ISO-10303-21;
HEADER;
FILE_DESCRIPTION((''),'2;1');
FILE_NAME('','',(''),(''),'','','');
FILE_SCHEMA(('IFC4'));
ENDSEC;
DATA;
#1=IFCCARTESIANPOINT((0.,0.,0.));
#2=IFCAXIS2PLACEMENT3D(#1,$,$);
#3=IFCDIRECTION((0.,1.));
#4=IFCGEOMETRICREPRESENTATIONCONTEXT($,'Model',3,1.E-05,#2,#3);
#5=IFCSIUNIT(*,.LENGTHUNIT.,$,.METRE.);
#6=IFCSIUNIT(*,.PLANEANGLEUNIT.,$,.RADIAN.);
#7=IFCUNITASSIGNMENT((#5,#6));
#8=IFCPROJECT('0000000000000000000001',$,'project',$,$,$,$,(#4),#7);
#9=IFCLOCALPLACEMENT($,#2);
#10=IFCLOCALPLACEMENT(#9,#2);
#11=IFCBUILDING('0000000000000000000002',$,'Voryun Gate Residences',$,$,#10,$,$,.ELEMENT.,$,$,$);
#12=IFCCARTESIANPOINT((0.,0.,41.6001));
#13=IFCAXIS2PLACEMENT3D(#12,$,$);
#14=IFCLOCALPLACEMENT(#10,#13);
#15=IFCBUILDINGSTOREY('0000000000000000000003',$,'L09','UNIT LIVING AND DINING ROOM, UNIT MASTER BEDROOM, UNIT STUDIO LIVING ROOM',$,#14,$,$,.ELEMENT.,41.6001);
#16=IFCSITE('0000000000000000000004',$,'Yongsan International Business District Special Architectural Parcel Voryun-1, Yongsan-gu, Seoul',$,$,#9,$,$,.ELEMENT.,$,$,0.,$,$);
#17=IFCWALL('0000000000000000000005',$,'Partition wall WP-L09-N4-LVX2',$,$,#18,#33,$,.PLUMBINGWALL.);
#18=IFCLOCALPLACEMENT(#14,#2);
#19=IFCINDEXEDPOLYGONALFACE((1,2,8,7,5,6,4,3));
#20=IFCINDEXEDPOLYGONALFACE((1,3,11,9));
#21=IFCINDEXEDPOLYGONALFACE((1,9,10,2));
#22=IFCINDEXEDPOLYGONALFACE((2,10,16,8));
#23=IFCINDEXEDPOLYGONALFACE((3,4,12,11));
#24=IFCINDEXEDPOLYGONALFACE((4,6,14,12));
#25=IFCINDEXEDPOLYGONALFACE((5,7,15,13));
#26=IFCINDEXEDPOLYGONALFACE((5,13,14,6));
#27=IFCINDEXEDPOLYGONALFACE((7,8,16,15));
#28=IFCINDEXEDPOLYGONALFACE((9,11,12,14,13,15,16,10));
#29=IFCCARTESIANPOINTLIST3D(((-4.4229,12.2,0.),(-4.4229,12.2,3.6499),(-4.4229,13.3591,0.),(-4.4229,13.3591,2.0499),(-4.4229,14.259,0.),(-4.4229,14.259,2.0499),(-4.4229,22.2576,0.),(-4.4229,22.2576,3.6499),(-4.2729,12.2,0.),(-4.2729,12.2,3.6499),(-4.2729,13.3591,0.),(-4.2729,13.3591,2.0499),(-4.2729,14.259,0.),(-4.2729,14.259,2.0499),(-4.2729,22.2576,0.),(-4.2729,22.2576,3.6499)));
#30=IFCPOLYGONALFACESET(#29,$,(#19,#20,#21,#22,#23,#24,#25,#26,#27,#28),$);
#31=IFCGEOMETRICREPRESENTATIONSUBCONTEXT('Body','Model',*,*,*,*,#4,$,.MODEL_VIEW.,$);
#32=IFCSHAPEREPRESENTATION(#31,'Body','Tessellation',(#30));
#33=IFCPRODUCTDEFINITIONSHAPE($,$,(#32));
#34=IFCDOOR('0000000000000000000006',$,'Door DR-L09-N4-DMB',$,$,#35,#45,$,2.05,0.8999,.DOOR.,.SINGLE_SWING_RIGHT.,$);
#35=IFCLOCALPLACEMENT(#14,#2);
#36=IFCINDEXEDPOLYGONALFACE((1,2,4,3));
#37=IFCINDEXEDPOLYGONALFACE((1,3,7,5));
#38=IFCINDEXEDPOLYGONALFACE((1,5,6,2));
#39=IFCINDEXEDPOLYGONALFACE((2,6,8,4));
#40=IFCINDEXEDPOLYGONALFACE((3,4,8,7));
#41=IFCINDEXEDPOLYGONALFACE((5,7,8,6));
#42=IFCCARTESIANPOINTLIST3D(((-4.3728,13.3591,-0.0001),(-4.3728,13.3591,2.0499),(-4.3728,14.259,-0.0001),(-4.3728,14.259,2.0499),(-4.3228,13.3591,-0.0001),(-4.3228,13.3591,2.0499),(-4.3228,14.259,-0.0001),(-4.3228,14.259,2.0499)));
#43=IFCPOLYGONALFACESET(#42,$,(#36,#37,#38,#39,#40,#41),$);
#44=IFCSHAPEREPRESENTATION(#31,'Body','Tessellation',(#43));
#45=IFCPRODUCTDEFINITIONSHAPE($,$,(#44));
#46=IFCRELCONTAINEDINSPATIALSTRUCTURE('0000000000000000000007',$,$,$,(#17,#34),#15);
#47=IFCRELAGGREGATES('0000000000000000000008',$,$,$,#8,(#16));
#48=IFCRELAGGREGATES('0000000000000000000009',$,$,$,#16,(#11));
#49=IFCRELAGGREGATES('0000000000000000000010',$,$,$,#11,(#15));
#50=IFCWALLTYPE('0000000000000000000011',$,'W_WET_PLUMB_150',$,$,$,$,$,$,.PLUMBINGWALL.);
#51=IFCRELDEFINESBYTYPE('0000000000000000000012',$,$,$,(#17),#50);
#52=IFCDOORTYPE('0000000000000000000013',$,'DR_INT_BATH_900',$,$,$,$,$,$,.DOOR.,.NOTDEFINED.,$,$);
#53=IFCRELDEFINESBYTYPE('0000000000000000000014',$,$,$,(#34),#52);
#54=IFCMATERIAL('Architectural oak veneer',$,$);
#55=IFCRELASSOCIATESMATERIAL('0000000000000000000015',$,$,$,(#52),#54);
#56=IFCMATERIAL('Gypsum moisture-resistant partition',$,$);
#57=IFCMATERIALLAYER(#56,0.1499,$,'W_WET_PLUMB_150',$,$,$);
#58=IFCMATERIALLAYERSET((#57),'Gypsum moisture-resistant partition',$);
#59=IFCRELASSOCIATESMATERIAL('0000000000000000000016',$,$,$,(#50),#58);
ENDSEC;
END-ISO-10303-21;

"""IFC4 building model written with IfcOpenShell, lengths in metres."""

from ifc_helpers import new_model, si_unit, direction, frame, frame_2d, origin, place, context, subcontext, project, spatial, rectangle, extrude, material, layer, layer_set, type_object, element, fill, save


model = new_model("IFC4")

# Units and contexts
model_context = context("Model", 3, precision=1e-05, world=origin(), true_north=direction((0.0, 1.0)))
body_context = subcontext(model_context, "Body", "Model", "MODEL_VIEW")
ifc_project = project(units=[si_unit("LENGTHUNIT", "METRE"), si_unit("PLANEANGLEUNIT", "RADIAN")], contexts=[model_context])

# Site, building, storey
site_placement = place(None, origin())
site = spatial("IfcSite", under=ifc_project, at=site_placement, Name="Yongsan International Business District Special Architectural Parcel Voryun-1, Yongsan-gu, Seoul", CompositionType="ELEMENT", RefElevation=0.0)
building_placement = place(site_placement, origin())
building = spatial("IfcBuilding", under=site, at=building_placement, Name="Voryun Gate Residences", CompositionType="ELEMENT")
storey_placement = place(building_placement, frame((0.0, 0.0, 41.6001)))
storey = spatial("IfcBuildingStorey", under=building, at=storey_placement, Name="L09", Description="UNIT LIVING AND DINING ROOM, UNIT MASTER BEDROOM, UNIT STUDIO LIVING ROOM", CompositionType="ELEMENT", Elevation=41.6001)

# Shared definitions
ifc_material_1 = material(Name="Architectural oak veneer")
door_type_1 = type_object("IfcDoorType", Name="DR_INT_BATH_900", OperationType="NOTDEFINED", PredefinedType="DOOR", material=ifc_material_1)

# Shared definitions
ifc_material_2 = material(Name="Gypsum moisture-resistant partition")
ifc_layer_1 = layer(ifc_material_2, 0.1499, Name="W_WET_PLUMB_150")
ifc_layer_set_1 = layer_set([ifc_layer_1], Name="Gypsum moisture-resistant partition")
wall_type_1 = type_object("IfcWallType", Name="W_WET_PLUMB_150", PredefinedType="PLUMBINGWALL", material=ifc_layer_set_1)

# Wall, opening, door
wall_1_placement = place(storey_placement, frame((-4.3479, 12.2, 0.0), z_axis=(0.0, 0.0, 1.0), x_axis=(0.0, 1.0, 0.0)))
wall_1 = element("IfcWall", 1, at=wall_1_placement, inside=storey, type_object=wall_type_1, Name="Partition wall WP-L09-N4-LVX2", PredefinedType="PLUMBINGWALL", context=body_context, shape_type="SweptSolid", body=[
    extrude(rectangle(XDim=10.0576, YDim=0.1499, at=frame_2d((5.0288, 0.0))), origin(), (0.0, 0.0, 1.0), 3.6499),
])
opening_1_placement = place(wall_1_placement, frame((1.1592, 0.0, 0.0)))
opening_1 = element("IfcOpeningElement", 2, at=opening_1_placement, cuts=wall_1, PredefinedType="OPENING", context=body_context, shape_type="SweptSolid", body=[
    extrude(rectangle(XDim=0.8999, YDim=2.05, at=frame_2d((0.45, 1.0249))), frame((0.0, 0.085, 0.0), z_axis=(0.0, -1.0, 0.0), x_axis=(1.0, 0.0, 0.0)), (0.0, 0.0, 1.0), 0.1699),
])
door_1_placement = place(opening_1_placement, origin())
door_1 = element("IfcDoor", 3, at=door_1_placement, inside=storey, type_object=door_type_1, Name="Door DR-L09-N4-DMB", OperationType="SINGLE_SWING_RIGHT", OverallHeight=2.05, OverallWidth=0.8999, PredefinedType="DOOR", context=body_context, shape_type="SweptSolid", body=[
    extrude(rectangle(XDim=0.8999, YDim=2.05, at=frame_2d((0.45, 1.0249))), frame((0.0, 0.0249, 0.0), z_axis=(0.0, -1.0, 0.0), x_axis=(1.0, 0.0, 0.0)), (0.0, 0.0, 1.0), 0.05),
])
fill(opening_1, door_1)

save(model, "model.ifc")
